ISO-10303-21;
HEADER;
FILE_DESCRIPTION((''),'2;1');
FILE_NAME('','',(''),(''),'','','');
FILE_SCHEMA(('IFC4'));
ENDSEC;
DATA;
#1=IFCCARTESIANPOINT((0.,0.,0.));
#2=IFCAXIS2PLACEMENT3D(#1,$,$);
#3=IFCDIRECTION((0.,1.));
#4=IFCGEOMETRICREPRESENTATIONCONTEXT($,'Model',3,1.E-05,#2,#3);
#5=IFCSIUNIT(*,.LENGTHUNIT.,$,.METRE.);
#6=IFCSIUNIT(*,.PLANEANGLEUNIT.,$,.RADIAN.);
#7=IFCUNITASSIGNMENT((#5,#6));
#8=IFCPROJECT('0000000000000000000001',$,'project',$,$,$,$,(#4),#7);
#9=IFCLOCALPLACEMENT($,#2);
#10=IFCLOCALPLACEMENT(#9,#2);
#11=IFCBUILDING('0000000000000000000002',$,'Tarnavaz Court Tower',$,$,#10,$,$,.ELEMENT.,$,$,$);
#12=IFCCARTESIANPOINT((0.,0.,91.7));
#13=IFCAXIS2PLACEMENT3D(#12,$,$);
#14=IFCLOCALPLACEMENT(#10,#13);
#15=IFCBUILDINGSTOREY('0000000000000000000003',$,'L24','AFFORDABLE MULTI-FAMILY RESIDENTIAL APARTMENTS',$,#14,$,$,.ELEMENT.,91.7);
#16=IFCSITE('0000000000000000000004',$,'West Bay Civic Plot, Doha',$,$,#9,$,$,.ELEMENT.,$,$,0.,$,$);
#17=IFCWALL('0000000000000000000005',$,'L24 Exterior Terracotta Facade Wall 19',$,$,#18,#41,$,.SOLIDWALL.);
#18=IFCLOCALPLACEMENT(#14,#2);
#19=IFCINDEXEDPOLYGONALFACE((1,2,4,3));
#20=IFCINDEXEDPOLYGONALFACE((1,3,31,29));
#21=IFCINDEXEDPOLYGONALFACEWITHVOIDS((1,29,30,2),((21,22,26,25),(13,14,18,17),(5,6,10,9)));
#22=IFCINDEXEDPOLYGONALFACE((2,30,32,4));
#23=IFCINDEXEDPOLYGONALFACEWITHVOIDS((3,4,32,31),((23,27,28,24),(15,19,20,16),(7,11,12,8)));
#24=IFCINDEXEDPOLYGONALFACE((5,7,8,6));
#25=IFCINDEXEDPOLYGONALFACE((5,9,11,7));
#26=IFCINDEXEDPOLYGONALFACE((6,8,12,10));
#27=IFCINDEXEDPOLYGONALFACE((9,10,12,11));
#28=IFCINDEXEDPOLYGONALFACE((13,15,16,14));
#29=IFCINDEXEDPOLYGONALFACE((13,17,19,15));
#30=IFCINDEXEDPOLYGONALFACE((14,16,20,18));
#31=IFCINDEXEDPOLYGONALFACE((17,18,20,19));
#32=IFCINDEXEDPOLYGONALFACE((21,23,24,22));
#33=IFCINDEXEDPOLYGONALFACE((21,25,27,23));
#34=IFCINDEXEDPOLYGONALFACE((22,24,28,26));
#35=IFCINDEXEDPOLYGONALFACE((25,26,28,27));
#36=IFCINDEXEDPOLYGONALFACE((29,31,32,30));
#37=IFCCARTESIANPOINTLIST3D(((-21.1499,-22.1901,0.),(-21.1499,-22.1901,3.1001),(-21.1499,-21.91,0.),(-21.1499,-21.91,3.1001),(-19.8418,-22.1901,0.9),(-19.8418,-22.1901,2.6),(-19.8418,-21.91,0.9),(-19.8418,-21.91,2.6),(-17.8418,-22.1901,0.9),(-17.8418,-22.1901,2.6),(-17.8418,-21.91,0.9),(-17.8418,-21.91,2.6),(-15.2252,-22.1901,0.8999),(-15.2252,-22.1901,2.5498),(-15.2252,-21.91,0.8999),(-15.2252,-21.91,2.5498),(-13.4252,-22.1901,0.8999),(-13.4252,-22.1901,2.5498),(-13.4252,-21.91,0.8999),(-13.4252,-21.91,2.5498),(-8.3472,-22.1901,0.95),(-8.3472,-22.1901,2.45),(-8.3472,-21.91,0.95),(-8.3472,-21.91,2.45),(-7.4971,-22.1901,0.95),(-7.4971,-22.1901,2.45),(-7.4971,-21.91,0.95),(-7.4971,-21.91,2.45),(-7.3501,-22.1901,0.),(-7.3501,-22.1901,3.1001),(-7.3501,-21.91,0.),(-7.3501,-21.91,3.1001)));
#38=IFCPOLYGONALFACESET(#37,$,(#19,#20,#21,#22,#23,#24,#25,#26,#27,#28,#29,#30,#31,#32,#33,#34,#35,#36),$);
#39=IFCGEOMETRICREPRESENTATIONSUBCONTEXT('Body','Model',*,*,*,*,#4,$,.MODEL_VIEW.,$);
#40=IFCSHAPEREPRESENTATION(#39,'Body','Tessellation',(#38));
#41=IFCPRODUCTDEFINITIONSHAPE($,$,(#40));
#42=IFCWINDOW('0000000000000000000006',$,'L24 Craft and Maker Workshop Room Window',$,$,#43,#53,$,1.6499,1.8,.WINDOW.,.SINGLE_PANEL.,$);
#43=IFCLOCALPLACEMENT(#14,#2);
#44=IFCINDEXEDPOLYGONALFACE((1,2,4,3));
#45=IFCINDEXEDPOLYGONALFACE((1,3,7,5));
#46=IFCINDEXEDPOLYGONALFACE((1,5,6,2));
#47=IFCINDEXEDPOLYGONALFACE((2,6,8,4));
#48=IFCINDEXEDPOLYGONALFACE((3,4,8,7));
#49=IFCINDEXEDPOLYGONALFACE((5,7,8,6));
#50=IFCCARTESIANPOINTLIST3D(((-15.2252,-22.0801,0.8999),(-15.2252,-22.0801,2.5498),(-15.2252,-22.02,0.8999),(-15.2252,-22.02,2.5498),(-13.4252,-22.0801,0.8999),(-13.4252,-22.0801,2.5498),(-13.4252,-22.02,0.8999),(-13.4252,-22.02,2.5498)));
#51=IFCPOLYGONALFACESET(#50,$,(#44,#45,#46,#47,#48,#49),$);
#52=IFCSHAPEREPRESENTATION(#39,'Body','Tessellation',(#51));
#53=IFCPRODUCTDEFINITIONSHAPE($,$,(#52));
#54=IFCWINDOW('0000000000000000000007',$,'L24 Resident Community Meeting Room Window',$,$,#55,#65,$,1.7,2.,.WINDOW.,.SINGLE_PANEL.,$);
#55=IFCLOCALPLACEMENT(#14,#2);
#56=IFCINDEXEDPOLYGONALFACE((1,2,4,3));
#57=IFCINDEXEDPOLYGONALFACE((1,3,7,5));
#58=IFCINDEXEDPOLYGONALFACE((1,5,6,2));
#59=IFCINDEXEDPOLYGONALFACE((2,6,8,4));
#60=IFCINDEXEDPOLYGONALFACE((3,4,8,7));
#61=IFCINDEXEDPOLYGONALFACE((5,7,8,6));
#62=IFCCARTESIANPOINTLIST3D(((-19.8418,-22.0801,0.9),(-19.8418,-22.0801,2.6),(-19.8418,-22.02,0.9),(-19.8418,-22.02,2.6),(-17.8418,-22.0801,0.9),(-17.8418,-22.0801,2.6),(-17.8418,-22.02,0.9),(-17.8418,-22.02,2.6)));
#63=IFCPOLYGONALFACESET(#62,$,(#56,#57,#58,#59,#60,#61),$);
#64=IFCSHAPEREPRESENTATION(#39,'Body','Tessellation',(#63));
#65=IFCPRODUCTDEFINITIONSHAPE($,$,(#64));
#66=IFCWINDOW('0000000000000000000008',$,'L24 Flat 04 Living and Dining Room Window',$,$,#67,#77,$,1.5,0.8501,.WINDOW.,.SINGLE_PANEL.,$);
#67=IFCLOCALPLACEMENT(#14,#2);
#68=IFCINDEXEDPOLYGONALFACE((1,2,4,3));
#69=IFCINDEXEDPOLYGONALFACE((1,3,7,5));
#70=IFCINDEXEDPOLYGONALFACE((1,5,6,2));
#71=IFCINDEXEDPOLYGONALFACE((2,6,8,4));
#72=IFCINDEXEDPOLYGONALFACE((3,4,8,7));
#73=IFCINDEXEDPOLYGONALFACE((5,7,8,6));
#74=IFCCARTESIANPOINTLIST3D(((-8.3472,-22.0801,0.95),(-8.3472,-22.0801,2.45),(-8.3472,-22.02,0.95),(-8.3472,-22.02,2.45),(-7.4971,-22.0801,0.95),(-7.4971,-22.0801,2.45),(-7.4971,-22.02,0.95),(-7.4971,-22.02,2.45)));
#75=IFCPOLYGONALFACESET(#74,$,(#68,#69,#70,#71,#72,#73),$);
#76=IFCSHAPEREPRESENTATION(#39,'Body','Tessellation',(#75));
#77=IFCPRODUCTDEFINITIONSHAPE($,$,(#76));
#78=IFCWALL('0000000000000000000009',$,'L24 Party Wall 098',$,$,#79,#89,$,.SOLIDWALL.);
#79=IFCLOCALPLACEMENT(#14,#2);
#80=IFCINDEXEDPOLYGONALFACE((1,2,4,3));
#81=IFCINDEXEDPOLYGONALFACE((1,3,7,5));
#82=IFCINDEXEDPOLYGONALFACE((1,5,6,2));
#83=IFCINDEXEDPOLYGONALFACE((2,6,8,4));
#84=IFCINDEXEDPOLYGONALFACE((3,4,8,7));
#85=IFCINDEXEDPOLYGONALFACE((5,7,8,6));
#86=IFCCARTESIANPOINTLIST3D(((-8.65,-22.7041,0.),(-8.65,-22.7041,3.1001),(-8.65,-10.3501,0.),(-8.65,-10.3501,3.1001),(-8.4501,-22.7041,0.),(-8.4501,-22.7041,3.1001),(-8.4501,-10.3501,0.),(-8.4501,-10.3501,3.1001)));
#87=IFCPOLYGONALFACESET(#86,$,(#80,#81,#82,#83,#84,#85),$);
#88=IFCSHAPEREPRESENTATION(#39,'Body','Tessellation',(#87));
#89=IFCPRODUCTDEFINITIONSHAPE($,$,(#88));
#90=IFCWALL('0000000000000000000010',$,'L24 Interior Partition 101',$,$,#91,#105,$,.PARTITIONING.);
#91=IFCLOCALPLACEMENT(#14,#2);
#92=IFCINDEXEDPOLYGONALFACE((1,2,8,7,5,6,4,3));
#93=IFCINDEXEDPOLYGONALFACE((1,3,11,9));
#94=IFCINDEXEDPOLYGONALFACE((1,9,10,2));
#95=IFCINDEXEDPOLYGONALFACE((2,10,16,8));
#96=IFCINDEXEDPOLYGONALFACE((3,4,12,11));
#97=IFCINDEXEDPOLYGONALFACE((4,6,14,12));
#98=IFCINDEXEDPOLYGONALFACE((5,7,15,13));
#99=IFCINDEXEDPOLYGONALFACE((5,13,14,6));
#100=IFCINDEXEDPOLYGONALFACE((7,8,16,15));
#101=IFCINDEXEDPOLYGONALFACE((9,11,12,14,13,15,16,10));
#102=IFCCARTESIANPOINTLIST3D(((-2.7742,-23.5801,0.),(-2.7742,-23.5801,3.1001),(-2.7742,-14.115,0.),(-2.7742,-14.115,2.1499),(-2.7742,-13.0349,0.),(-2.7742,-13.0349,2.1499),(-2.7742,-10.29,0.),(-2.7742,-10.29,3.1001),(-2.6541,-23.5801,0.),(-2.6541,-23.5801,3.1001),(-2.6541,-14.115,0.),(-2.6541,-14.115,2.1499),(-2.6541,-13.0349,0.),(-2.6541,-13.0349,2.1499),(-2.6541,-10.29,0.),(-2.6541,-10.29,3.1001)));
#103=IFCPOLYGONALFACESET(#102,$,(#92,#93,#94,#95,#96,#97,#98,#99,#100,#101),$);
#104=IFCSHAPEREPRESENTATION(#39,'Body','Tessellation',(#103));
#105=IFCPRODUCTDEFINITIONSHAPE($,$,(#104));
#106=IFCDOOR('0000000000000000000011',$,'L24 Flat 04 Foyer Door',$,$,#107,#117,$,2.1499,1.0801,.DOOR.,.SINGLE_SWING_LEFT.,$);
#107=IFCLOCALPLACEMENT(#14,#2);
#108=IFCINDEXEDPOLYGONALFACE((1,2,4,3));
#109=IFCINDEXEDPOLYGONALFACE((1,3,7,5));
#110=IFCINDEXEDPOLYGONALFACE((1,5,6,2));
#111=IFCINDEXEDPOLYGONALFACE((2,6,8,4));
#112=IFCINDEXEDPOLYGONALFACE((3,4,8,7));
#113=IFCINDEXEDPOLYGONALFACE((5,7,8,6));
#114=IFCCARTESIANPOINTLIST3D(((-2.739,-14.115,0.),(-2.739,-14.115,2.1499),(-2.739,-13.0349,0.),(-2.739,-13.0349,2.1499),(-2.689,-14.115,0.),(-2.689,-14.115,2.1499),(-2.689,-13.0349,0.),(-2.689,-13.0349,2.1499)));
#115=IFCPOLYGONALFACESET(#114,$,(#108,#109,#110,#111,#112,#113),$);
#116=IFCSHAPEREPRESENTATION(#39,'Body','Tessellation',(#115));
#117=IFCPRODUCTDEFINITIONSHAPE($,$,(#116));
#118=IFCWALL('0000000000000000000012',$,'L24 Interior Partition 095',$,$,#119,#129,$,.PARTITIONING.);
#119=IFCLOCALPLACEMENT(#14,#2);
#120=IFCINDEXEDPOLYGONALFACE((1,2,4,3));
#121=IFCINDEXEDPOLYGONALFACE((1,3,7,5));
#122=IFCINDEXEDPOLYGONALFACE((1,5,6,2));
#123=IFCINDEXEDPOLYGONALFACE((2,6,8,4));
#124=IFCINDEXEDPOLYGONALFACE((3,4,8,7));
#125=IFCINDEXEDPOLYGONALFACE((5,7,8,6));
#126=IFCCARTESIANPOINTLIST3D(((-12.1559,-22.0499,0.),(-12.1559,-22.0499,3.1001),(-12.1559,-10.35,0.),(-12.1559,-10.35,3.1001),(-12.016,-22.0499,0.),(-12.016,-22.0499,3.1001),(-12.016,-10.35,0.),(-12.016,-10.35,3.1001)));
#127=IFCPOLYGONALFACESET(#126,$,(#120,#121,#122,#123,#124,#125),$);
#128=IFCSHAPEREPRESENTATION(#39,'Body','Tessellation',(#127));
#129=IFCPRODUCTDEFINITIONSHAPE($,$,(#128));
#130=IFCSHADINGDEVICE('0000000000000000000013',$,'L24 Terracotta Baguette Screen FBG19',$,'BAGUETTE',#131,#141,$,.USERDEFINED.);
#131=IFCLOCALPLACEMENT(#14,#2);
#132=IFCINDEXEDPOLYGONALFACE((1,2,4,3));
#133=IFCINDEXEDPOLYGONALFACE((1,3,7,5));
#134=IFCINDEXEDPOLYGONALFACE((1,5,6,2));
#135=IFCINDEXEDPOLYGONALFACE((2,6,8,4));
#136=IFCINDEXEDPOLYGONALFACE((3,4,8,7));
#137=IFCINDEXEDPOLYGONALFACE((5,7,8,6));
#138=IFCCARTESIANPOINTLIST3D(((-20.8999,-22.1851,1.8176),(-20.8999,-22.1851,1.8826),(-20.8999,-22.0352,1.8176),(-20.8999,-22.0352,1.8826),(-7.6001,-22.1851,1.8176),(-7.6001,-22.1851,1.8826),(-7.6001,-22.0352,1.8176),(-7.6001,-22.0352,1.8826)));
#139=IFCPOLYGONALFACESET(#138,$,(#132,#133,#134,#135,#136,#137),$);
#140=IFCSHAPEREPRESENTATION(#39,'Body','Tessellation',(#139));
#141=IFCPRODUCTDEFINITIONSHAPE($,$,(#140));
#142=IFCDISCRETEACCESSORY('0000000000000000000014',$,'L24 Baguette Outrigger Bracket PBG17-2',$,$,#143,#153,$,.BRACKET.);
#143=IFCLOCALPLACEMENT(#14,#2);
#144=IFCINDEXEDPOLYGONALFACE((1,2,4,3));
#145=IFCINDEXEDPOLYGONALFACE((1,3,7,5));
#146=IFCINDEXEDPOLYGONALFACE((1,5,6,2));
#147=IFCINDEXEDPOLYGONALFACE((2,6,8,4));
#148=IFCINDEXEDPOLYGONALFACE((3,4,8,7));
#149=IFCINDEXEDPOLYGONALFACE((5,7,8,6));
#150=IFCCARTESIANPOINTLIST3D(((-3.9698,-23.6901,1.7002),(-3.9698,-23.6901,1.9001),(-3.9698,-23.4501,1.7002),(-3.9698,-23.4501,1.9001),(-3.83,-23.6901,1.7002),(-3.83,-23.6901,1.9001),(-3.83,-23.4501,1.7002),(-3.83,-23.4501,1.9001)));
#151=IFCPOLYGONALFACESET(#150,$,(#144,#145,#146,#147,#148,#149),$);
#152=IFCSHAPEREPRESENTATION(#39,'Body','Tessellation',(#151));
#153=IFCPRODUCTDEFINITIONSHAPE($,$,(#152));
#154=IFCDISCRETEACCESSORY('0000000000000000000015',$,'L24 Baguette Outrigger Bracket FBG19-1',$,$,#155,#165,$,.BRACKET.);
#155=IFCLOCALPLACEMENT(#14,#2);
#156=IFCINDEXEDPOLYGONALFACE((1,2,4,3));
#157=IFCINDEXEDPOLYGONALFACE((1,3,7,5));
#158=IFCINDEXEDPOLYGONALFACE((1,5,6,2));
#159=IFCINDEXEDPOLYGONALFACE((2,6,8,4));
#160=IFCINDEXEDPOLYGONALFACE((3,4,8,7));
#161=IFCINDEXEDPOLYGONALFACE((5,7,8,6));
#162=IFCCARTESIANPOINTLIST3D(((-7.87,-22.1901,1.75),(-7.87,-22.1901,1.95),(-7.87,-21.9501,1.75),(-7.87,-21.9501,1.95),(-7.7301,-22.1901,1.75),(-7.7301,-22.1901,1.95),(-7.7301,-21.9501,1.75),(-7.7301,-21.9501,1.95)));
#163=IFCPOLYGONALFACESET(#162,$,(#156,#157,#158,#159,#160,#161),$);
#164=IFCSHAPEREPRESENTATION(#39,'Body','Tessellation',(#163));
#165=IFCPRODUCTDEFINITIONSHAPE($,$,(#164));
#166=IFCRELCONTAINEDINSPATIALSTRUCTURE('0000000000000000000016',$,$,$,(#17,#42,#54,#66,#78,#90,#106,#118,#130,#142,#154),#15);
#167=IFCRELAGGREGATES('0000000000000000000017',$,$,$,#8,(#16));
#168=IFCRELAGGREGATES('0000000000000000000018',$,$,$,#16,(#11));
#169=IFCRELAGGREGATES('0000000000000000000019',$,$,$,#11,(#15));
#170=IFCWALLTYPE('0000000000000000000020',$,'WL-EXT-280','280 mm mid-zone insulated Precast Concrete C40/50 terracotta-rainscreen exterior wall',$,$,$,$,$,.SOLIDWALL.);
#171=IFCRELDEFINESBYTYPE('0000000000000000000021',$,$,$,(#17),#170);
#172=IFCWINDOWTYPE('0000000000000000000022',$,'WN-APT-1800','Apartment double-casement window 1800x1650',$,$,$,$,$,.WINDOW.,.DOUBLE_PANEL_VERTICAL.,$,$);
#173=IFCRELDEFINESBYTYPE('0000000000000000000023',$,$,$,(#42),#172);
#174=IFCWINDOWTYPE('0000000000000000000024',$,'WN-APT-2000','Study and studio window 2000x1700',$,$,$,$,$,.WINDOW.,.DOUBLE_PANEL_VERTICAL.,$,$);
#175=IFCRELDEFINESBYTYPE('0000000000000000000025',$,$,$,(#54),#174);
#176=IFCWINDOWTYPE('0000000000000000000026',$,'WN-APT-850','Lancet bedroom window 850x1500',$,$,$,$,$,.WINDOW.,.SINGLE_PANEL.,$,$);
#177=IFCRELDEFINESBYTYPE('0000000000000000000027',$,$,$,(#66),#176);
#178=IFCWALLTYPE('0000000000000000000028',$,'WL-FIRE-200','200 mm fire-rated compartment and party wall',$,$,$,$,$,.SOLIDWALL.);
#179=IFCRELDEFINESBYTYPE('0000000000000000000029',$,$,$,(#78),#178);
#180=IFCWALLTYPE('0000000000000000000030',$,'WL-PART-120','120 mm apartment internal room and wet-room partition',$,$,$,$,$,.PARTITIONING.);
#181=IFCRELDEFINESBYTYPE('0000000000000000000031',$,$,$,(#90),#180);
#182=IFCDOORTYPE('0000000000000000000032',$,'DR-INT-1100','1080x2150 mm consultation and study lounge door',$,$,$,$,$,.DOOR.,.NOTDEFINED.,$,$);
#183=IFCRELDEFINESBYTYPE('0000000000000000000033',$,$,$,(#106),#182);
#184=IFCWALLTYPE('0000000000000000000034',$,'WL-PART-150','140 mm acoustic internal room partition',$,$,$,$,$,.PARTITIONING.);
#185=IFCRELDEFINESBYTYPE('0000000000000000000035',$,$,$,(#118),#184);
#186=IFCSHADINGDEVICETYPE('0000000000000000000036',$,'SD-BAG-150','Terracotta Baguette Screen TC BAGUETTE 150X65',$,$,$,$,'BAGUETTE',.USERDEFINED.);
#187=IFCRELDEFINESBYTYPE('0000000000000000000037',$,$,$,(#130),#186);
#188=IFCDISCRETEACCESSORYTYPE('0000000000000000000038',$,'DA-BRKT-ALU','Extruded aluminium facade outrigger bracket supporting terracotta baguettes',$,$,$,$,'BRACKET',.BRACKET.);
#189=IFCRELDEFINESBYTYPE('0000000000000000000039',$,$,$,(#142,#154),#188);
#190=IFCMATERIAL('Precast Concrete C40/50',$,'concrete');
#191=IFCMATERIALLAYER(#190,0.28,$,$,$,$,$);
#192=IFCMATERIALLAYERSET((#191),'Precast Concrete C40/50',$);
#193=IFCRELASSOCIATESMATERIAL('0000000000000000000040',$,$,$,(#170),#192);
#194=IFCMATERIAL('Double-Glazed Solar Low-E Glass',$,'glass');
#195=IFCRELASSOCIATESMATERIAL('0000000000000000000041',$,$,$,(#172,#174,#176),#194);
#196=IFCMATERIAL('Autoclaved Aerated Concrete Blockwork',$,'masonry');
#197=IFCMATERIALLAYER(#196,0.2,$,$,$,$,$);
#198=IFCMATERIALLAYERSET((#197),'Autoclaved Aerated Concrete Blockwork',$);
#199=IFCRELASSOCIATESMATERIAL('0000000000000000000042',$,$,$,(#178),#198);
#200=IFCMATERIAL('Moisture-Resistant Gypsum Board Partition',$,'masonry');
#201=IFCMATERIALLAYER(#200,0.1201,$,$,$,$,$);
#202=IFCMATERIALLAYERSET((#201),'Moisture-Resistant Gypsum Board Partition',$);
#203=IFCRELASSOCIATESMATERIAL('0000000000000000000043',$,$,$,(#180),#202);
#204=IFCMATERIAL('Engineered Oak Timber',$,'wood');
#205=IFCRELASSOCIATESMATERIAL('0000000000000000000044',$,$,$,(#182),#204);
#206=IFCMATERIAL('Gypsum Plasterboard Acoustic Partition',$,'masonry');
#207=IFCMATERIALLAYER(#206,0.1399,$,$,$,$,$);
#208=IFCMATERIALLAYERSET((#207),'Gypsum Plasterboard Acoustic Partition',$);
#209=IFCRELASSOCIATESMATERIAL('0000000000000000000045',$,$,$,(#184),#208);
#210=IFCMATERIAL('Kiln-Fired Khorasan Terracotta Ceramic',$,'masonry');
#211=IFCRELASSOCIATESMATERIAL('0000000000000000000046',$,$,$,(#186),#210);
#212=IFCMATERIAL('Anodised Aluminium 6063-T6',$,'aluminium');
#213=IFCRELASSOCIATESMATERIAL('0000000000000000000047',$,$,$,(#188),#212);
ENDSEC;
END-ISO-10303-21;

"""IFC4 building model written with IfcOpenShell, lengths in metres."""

from ifc_helpers import new_model, si_unit, direction, frame, frame_2d, origin, origin_2d, place, context, subcontext, project, spatial, rectangle, extrude, material, layer, layer_set, material_profile, profile_set, type_object, element, fill, save


model = new_model("IFC4")

# Units and contexts
model_context = context("Model", 3, precision=1e-05, world=origin(), true_north=direction((0.0, 1.0)))
body_context = subcontext(model_context, "Body", "Model", "MODEL_VIEW")
ifc_project = project(units=[si_unit("LENGTHUNIT", "METRE"), si_unit("PLANEANGLEUNIT", "RADIAN")], contexts=[model_context])

# Site, building, storey
site_placement = place(None, origin())
site = spatial("IfcSite", under=ifc_project, at=site_placement, Name="West Bay Civic Plot, Doha", CompositionType="ELEMENT", RefElevation=0.0)
building_placement = place(site_placement, origin())
building = spatial("IfcBuilding", under=site, at=building_placement, Name="Tarnavaz Court Tower", CompositionType="ELEMENT")
storey_placement = place(building_placement, frame((0.0, 0.0, 91.7)))
storey = spatial("IfcBuildingStorey", under=building, at=storey_placement, Name="L24", Description="AFFORDABLE MULTI-FAMILY RESIDENTIAL APARTMENTS", CompositionType="ELEMENT", Elevation=91.7)

# Shared definitions
ifc_material_1 = material(Name="Anodised Aluminium 6063-T6", Category="aluminium")
ifc_material_2 = material(Name="Double-Glazed Solar Low-E Glass", Category="glass")

# Shared definitions
ifc_material_3 = material(Name="Precast Concrete C40/50", Category="concrete")
ifc_layer_1 = layer(ifc_material_3, 0.28)
ifc_layer_set_1 = layer_set([ifc_layer_1], Name="Precast Concrete C40/50")
wall_type_1 = type_object("IfcWallType", Name="WL-EXT-280", Description="280 mm mid-zone insulated Precast Concrete C40/50 terracotta-rainscreen exterior wall", PredefinedType="SOLIDWALL", material=ifc_layer_set_1)

# Wall, openings, windows
wall_1_placement = place(storey_placement, frame((-7.3501, -22.05, 0.0), z_axis=(0.0, 0.0, 1.0), x_axis=(-1.0, 0.0, 0.0)))
wall_1 = element("IfcWall", 1, at=wall_1_placement, inside=storey, type_object=wall_type_1, Name="L24 Exterior Terracotta Facade Wall 19", PredefinedType="SOLIDWALL", context=body_context, shape_type="SweptSolid", body=[
    extrude(rectangle(XDim=13.7998, YDim=0.28, at=frame_2d((6.8999, 0.0))), origin(), (0.0, 0.0, 1.0), 3.1001),
])
opening_1_placement = place(wall_1_placement, frame((0.147, 0.0, 0.95)))
opening_1 = element("IfcOpeningElement", 2, at=opening_1_placement, cuts=wall_1, PredefinedType="OPENING", context=body_context, shape_type="SweptSolid", body=[
    extrude(rectangle(XDim=0.8501, YDim=1.5, at=frame_2d((0.425, 0.75))), frame((0.0, 0.1499, 0.0), z_axis=(0.0, -1.0, 0.0), x_axis=(1.0, 0.0, 0.0)), (0.0, 0.0, 1.0), 0.3),
])
opening_2_placement = place(wall_1_placement, frame((6.0752, 0.0, 0.8999)))
opening_2 = element("IfcOpeningElement", 3, at=opening_2_placement, cuts=wall_1, PredefinedType="OPENING", context=body_context, shape_type="SweptSolid", body=[
    extrude(rectangle(XDim=1.8, YDim=1.6499, at=frame_2d((0.8999, 0.825))), frame((0.0, 0.1499, 0.0), z_axis=(0.0, -1.0, 0.0), x_axis=(1.0, 0.0, 0.0)), (0.0, 0.0, 1.0), 0.3),
])
opening_3_placement = place(wall_1_placement, frame((10.4917, 0.0, 0.8999)))
opening_3 = element("IfcOpeningElement", 4, at=opening_3_placement, cuts=wall_1, PredefinedType="OPENING", context=body_context, shape_type="SweptSolid", body=[
    extrude(rectangle(XDim=2.0, YDim=1.7, at=frame_2d((1.0, 0.8501))), frame((0.0, 0.1499, 0.0), z_axis=(0.0, -1.0, 0.0), x_axis=(1.0, 0.0, 0.0)), (0.0, 0.0, 1.0), 0.3),
])
window_type_1 = type_object("IfcWindowType", Name="WN-APT-1800", Description="Apartment double-casement window 1800x1650", PartitioningType="DOUBLE_PANEL_VERTICAL", PredefinedType="WINDOW", material=ifc_material_2)
window_1_placement = place(opening_2_placement, origin())
window_1 = element("IfcWindow", 5, at=window_1_placement, inside=storey, type_object=window_type_1, Name="L24 Craft and Maker Workshop Room Window", OverallHeight=1.6499, OverallWidth=1.8, PartitioningType="SINGLE_PANEL", PredefinedType="WINDOW", context=body_context, shape_type="SweptSolid", body=[
    extrude(rectangle(XDim=1.8, YDim=1.6499, at=frame_2d((0.8999, 0.825))), frame((0.0, 0.03, 0.0), z_axis=(0.0, -1.0, 0.0), x_axis=(1.0, 0.0, 0.0)), (0.0, 0.0, 1.0), 0.0601),
])
fill(opening_2, window_1)
window_type_2 = type_object("IfcWindowType", Name="WN-APT-2000", Description="Study and studio window 2000x1700", PartitioningType="DOUBLE_PANEL_VERTICAL", PredefinedType="WINDOW", material=ifc_material_2)
window_2_placement = place(opening_3_placement, origin())
window_2 = element("IfcWindow", 6, at=window_2_placement, inside=storey, type_object=window_type_2, Name="L24 Resident Community Meeting Room Window", OverallHeight=1.7, OverallWidth=2.0, PartitioningType="SINGLE_PANEL", PredefinedType="WINDOW", context=body_context, shape_type="SweptSolid", body=[
    extrude(rectangle(XDim=2.0, YDim=1.7, at=frame_2d((1.0, 0.8501))), frame((0.0, 0.03, 0.0), z_axis=(0.0, -1.0, 0.0), x_axis=(1.0, 0.0, 0.0)), (0.0, 0.0, 1.0), 0.0601),
])
fill(opening_3, window_2)
window_type_3 = type_object("IfcWindowType", Name="WN-APT-850", Description="Lancet bedroom window 850x1500", PartitioningType="SINGLE_PANEL", PredefinedType="WINDOW", material=ifc_material_2)
window_3_placement = place(opening_1_placement, origin())
window_3 = element("IfcWindow", 7, at=window_3_placement, inside=storey, type_object=window_type_3, Name="L24 Flat 04 Living and Dining Room Window", OverallHeight=1.5, OverallWidth=0.8501, PartitioningType="SINGLE_PANEL", PredefinedType="WINDOW", context=body_context, shape_type="SweptSolid", body=[
    extrude(rectangle(XDim=0.8501, YDim=1.5, at=frame_2d((0.425, 0.75))), frame((0.0, 0.03, 0.0), z_axis=(0.0, -1.0, 0.0), x_axis=(1.0, 0.0, 0.0)), (0.0, 0.0, 1.0), 0.0601),
])
fill(opening_1, window_3)

# Wall
ifc_material_4 = material(Name="Autoclaved Aerated Concrete Blockwork", Category="masonry")
ifc_layer_2 = layer(ifc_material_4, 0.2)
ifc_layer_set_2 = layer_set([ifc_layer_2], Name="Autoclaved Aerated Concrete Blockwork")
wall_type_2 = type_object("IfcWallType", Name="WL-FIRE-200", Description="200 mm fire-rated compartment and party wall", PredefinedType="SOLIDWALL", material=ifc_layer_set_2)
wall_2_placement = place(storey_placement, frame((-8.55, -22.7041, 0.0), z_axis=(0.0, 0.0, 1.0), x_axis=(0.0, 1.0, 0.0)))
element("IfcWall", 8, at=wall_2_placement, inside=storey, type_object=wall_type_2, Name="L24 Party Wall 098", PredefinedType="SOLIDWALL", context=body_context, shape_type="SweptSolid", body=[
    extrude(rectangle(XDim=12.354, YDim=0.2, at=frame_2d((6.177, 0.0))), origin(), (0.0, 0.0, 1.0), 3.1001),
])

# Wall, opening, door
ifc_material_5 = material(Name="Moisture-Resistant Gypsum Board Partition", Category="masonry")
ifc_layer_3 = layer(ifc_material_5, 0.1201)
ifc_layer_set_3 = layer_set([ifc_layer_3], Name="Moisture-Resistant Gypsum Board Partition")
wall_type_3 = type_object("IfcWallType", Name="WL-PART-120", Description="120 mm apartment internal room and wet-room partition", PredefinedType="PARTITIONING", material=ifc_layer_set_3)
wall_3_placement = place(storey_placement, frame((-2.7141, -23.5801, 0.0), z_axis=(0.0, 0.0, 1.0), x_axis=(0.0, 1.0, 0.0)))
wall_3 = element("IfcWall", 9, at=wall_3_placement, inside=storey, type_object=wall_type_3, Name="L24 Interior Partition 101", PredefinedType="PARTITIONING", context=body_context, shape_type="SweptSolid", body=[
    extrude(rectangle(XDim=13.29, YDim=0.1201, at=frame_2d((6.645, 0.0))), origin(), (0.0, 0.0, 1.0), 3.1001),
])
opening_4_placement = place(wall_3_placement, frame((9.4651, 0.0, 0.0)))
opening_4 = element("IfcOpeningElement", 10, at=opening_4_placement, cuts=wall_3, PredefinedType="OPENING", context=body_context, shape_type="SweptSolid", body=[
    extrude(rectangle(XDim=1.0801, YDim=2.1499, at=frame_2d((0.54, 1.075))), frame((0.0, 0.0701, 0.0), z_axis=(0.0, -1.0, 0.0), x_axis=(1.0, 0.0, 0.0)), (0.0, 0.0, 1.0), 0.1401),
])
ifc_material_6 = material(Name="Engineered Oak Timber", Category="wood")
door_type = type_object("IfcDoorType", Name="DR-INT-1100", Description="1080x2150 mm consultation and study lounge door", OperationType="NOTDEFINED", PredefinedType="DOOR", material=ifc_material_6)
door_placement = place(opening_4_placement, origin())
door = element("IfcDoor", 11, at=door_placement, inside=storey, type_object=door_type, Name="L24 Flat 04 Foyer Door", OperationType="SINGLE_SWING_LEFT", OverallHeight=2.1499, OverallWidth=1.0801, PredefinedType="DOOR", context=body_context, shape_type="SweptSolid", body=[
    extrude(rectangle(XDim=1.0801, YDim=2.1499, at=frame_2d((0.54, 1.075))), frame((0.0, 0.0249, 0.0), z_axis=(0.0, -1.0, 0.0), x_axis=(1.0, 0.0, 0.0)), (0.0, 0.0, 1.0), 0.05),
])
fill(opening_4, door)

# Wall
ifc_material_7 = material(Name="Gypsum Plasterboard Acoustic Partition", Category="masonry")
ifc_layer_4 = layer(ifc_material_7, 0.1399)
ifc_layer_set_4 = layer_set([ifc_layer_4], Name="Gypsum Plasterboard Acoustic Partition")
wall_type_4 = type_object("IfcWallType", Name="WL-PART-150", Description="140 mm acoustic internal room partition", PredefinedType="PARTITIONING", material=ifc_layer_set_4)
wall_4_placement = place(storey_placement, frame((-12.0859, -22.05, 0.0), z_axis=(0.0, 0.0, 1.0), x_axis=(0.0, 1.0, 0.0)))
element("IfcWall", 12, at=wall_4_placement, inside=storey, type_object=wall_type_4, Name="L24 Interior Partition 095", PredefinedType="PARTITIONING", context=body_context, shape_type="SweptSolid", body=[
    extrude(rectangle(XDim=11.7, YDim=0.1399, at=frame_2d((5.8501, 0.0))), origin(), (0.0, 0.0, 1.0), 3.1001),
])

# Shading device
ifc_material_8 = material(Name="Kiln-Fired Khorasan Terracotta Ceramic", Category="masonry")
ifc_material_profile_1 = material_profile(ifc_material_8, rectangle(XDim=0.1499, YDim=0.0649, at=origin_2d()), Name="TC BAGUETTE 150X65")
ifc_profile_set_1 = profile_set([ifc_material_profile_1], Name="Kiln-Fired Khorasan Terracotta Ceramic")
shading_device_type = type_object("IfcShadingDeviceType", Name="SD-BAG-150", Description="Terracotta Baguette Screen TC BAGUETTE 150X65", ElementType="BAGUETTE", PredefinedType="USERDEFINED", material=ifc_profile_set_1)
shading_device_placement = place(storey_placement, frame((-7.6001, -22.1101, 1.8501), z_axis=(-1.0, 0.0, 0.0), x_axis=(0.0, -1.0, 0.0)))
element("IfcShadingDevice", 13, at=shading_device_placement, inside=storey, type_object=shading_device_type, Name="L24 Terracotta Baguette Screen FBG19", ObjectType="BAGUETTE", PredefinedType="USERDEFINED", context=body_context, shape_type="SweptSolid", body=[
    extrude(rectangle(XDim=0.1499, YDim=0.0649, at=origin_2d()), origin(), (0.0, 0.0, 1.0), 13.2998),
])

# Discrete accessories
discrete_accessory_type = type_object("IfcDiscreteAccessoryType", Name="DA-BRKT-ALU", Description="Extruded aluminium facade outrigger bracket supporting terracotta baguettes", ElementType="BRACKET", PredefinedType="BRACKET", material=ifc_material_1)
for number, where, z_axis, x_axis, name in (
    (14, (-3.8999, -23.5701, 1.7002), (0.0, 0.0, 1.0), (-1.0, 0.0, 0.0), "L24 Baguette Outrigger Bracket PBG17-2"),
    (15, (-7.8, -22.0701, 1.75), (0.0, 0.0, 1.0), (-1.0, 0.0, 0.0), "L24 Baguette Outrigger Bracket FBG19-1"),
):
    element("IfcDiscreteAccessory", number, at=place(storey_placement, frame(where, z_axis=z_axis, x_axis=x_axis)), inside=storey, type_object=discrete_accessory_type, Name=name, PredefinedType="BRACKET", context=body_context, shape_type="SweptSolid", body=[
        extrude(rectangle(XDim=0.1399, YDim=0.24, at=origin_2d()), origin(), (0.0, 0.0, 1.0), 0.2),
    ])

save(model, "model.ifc")
